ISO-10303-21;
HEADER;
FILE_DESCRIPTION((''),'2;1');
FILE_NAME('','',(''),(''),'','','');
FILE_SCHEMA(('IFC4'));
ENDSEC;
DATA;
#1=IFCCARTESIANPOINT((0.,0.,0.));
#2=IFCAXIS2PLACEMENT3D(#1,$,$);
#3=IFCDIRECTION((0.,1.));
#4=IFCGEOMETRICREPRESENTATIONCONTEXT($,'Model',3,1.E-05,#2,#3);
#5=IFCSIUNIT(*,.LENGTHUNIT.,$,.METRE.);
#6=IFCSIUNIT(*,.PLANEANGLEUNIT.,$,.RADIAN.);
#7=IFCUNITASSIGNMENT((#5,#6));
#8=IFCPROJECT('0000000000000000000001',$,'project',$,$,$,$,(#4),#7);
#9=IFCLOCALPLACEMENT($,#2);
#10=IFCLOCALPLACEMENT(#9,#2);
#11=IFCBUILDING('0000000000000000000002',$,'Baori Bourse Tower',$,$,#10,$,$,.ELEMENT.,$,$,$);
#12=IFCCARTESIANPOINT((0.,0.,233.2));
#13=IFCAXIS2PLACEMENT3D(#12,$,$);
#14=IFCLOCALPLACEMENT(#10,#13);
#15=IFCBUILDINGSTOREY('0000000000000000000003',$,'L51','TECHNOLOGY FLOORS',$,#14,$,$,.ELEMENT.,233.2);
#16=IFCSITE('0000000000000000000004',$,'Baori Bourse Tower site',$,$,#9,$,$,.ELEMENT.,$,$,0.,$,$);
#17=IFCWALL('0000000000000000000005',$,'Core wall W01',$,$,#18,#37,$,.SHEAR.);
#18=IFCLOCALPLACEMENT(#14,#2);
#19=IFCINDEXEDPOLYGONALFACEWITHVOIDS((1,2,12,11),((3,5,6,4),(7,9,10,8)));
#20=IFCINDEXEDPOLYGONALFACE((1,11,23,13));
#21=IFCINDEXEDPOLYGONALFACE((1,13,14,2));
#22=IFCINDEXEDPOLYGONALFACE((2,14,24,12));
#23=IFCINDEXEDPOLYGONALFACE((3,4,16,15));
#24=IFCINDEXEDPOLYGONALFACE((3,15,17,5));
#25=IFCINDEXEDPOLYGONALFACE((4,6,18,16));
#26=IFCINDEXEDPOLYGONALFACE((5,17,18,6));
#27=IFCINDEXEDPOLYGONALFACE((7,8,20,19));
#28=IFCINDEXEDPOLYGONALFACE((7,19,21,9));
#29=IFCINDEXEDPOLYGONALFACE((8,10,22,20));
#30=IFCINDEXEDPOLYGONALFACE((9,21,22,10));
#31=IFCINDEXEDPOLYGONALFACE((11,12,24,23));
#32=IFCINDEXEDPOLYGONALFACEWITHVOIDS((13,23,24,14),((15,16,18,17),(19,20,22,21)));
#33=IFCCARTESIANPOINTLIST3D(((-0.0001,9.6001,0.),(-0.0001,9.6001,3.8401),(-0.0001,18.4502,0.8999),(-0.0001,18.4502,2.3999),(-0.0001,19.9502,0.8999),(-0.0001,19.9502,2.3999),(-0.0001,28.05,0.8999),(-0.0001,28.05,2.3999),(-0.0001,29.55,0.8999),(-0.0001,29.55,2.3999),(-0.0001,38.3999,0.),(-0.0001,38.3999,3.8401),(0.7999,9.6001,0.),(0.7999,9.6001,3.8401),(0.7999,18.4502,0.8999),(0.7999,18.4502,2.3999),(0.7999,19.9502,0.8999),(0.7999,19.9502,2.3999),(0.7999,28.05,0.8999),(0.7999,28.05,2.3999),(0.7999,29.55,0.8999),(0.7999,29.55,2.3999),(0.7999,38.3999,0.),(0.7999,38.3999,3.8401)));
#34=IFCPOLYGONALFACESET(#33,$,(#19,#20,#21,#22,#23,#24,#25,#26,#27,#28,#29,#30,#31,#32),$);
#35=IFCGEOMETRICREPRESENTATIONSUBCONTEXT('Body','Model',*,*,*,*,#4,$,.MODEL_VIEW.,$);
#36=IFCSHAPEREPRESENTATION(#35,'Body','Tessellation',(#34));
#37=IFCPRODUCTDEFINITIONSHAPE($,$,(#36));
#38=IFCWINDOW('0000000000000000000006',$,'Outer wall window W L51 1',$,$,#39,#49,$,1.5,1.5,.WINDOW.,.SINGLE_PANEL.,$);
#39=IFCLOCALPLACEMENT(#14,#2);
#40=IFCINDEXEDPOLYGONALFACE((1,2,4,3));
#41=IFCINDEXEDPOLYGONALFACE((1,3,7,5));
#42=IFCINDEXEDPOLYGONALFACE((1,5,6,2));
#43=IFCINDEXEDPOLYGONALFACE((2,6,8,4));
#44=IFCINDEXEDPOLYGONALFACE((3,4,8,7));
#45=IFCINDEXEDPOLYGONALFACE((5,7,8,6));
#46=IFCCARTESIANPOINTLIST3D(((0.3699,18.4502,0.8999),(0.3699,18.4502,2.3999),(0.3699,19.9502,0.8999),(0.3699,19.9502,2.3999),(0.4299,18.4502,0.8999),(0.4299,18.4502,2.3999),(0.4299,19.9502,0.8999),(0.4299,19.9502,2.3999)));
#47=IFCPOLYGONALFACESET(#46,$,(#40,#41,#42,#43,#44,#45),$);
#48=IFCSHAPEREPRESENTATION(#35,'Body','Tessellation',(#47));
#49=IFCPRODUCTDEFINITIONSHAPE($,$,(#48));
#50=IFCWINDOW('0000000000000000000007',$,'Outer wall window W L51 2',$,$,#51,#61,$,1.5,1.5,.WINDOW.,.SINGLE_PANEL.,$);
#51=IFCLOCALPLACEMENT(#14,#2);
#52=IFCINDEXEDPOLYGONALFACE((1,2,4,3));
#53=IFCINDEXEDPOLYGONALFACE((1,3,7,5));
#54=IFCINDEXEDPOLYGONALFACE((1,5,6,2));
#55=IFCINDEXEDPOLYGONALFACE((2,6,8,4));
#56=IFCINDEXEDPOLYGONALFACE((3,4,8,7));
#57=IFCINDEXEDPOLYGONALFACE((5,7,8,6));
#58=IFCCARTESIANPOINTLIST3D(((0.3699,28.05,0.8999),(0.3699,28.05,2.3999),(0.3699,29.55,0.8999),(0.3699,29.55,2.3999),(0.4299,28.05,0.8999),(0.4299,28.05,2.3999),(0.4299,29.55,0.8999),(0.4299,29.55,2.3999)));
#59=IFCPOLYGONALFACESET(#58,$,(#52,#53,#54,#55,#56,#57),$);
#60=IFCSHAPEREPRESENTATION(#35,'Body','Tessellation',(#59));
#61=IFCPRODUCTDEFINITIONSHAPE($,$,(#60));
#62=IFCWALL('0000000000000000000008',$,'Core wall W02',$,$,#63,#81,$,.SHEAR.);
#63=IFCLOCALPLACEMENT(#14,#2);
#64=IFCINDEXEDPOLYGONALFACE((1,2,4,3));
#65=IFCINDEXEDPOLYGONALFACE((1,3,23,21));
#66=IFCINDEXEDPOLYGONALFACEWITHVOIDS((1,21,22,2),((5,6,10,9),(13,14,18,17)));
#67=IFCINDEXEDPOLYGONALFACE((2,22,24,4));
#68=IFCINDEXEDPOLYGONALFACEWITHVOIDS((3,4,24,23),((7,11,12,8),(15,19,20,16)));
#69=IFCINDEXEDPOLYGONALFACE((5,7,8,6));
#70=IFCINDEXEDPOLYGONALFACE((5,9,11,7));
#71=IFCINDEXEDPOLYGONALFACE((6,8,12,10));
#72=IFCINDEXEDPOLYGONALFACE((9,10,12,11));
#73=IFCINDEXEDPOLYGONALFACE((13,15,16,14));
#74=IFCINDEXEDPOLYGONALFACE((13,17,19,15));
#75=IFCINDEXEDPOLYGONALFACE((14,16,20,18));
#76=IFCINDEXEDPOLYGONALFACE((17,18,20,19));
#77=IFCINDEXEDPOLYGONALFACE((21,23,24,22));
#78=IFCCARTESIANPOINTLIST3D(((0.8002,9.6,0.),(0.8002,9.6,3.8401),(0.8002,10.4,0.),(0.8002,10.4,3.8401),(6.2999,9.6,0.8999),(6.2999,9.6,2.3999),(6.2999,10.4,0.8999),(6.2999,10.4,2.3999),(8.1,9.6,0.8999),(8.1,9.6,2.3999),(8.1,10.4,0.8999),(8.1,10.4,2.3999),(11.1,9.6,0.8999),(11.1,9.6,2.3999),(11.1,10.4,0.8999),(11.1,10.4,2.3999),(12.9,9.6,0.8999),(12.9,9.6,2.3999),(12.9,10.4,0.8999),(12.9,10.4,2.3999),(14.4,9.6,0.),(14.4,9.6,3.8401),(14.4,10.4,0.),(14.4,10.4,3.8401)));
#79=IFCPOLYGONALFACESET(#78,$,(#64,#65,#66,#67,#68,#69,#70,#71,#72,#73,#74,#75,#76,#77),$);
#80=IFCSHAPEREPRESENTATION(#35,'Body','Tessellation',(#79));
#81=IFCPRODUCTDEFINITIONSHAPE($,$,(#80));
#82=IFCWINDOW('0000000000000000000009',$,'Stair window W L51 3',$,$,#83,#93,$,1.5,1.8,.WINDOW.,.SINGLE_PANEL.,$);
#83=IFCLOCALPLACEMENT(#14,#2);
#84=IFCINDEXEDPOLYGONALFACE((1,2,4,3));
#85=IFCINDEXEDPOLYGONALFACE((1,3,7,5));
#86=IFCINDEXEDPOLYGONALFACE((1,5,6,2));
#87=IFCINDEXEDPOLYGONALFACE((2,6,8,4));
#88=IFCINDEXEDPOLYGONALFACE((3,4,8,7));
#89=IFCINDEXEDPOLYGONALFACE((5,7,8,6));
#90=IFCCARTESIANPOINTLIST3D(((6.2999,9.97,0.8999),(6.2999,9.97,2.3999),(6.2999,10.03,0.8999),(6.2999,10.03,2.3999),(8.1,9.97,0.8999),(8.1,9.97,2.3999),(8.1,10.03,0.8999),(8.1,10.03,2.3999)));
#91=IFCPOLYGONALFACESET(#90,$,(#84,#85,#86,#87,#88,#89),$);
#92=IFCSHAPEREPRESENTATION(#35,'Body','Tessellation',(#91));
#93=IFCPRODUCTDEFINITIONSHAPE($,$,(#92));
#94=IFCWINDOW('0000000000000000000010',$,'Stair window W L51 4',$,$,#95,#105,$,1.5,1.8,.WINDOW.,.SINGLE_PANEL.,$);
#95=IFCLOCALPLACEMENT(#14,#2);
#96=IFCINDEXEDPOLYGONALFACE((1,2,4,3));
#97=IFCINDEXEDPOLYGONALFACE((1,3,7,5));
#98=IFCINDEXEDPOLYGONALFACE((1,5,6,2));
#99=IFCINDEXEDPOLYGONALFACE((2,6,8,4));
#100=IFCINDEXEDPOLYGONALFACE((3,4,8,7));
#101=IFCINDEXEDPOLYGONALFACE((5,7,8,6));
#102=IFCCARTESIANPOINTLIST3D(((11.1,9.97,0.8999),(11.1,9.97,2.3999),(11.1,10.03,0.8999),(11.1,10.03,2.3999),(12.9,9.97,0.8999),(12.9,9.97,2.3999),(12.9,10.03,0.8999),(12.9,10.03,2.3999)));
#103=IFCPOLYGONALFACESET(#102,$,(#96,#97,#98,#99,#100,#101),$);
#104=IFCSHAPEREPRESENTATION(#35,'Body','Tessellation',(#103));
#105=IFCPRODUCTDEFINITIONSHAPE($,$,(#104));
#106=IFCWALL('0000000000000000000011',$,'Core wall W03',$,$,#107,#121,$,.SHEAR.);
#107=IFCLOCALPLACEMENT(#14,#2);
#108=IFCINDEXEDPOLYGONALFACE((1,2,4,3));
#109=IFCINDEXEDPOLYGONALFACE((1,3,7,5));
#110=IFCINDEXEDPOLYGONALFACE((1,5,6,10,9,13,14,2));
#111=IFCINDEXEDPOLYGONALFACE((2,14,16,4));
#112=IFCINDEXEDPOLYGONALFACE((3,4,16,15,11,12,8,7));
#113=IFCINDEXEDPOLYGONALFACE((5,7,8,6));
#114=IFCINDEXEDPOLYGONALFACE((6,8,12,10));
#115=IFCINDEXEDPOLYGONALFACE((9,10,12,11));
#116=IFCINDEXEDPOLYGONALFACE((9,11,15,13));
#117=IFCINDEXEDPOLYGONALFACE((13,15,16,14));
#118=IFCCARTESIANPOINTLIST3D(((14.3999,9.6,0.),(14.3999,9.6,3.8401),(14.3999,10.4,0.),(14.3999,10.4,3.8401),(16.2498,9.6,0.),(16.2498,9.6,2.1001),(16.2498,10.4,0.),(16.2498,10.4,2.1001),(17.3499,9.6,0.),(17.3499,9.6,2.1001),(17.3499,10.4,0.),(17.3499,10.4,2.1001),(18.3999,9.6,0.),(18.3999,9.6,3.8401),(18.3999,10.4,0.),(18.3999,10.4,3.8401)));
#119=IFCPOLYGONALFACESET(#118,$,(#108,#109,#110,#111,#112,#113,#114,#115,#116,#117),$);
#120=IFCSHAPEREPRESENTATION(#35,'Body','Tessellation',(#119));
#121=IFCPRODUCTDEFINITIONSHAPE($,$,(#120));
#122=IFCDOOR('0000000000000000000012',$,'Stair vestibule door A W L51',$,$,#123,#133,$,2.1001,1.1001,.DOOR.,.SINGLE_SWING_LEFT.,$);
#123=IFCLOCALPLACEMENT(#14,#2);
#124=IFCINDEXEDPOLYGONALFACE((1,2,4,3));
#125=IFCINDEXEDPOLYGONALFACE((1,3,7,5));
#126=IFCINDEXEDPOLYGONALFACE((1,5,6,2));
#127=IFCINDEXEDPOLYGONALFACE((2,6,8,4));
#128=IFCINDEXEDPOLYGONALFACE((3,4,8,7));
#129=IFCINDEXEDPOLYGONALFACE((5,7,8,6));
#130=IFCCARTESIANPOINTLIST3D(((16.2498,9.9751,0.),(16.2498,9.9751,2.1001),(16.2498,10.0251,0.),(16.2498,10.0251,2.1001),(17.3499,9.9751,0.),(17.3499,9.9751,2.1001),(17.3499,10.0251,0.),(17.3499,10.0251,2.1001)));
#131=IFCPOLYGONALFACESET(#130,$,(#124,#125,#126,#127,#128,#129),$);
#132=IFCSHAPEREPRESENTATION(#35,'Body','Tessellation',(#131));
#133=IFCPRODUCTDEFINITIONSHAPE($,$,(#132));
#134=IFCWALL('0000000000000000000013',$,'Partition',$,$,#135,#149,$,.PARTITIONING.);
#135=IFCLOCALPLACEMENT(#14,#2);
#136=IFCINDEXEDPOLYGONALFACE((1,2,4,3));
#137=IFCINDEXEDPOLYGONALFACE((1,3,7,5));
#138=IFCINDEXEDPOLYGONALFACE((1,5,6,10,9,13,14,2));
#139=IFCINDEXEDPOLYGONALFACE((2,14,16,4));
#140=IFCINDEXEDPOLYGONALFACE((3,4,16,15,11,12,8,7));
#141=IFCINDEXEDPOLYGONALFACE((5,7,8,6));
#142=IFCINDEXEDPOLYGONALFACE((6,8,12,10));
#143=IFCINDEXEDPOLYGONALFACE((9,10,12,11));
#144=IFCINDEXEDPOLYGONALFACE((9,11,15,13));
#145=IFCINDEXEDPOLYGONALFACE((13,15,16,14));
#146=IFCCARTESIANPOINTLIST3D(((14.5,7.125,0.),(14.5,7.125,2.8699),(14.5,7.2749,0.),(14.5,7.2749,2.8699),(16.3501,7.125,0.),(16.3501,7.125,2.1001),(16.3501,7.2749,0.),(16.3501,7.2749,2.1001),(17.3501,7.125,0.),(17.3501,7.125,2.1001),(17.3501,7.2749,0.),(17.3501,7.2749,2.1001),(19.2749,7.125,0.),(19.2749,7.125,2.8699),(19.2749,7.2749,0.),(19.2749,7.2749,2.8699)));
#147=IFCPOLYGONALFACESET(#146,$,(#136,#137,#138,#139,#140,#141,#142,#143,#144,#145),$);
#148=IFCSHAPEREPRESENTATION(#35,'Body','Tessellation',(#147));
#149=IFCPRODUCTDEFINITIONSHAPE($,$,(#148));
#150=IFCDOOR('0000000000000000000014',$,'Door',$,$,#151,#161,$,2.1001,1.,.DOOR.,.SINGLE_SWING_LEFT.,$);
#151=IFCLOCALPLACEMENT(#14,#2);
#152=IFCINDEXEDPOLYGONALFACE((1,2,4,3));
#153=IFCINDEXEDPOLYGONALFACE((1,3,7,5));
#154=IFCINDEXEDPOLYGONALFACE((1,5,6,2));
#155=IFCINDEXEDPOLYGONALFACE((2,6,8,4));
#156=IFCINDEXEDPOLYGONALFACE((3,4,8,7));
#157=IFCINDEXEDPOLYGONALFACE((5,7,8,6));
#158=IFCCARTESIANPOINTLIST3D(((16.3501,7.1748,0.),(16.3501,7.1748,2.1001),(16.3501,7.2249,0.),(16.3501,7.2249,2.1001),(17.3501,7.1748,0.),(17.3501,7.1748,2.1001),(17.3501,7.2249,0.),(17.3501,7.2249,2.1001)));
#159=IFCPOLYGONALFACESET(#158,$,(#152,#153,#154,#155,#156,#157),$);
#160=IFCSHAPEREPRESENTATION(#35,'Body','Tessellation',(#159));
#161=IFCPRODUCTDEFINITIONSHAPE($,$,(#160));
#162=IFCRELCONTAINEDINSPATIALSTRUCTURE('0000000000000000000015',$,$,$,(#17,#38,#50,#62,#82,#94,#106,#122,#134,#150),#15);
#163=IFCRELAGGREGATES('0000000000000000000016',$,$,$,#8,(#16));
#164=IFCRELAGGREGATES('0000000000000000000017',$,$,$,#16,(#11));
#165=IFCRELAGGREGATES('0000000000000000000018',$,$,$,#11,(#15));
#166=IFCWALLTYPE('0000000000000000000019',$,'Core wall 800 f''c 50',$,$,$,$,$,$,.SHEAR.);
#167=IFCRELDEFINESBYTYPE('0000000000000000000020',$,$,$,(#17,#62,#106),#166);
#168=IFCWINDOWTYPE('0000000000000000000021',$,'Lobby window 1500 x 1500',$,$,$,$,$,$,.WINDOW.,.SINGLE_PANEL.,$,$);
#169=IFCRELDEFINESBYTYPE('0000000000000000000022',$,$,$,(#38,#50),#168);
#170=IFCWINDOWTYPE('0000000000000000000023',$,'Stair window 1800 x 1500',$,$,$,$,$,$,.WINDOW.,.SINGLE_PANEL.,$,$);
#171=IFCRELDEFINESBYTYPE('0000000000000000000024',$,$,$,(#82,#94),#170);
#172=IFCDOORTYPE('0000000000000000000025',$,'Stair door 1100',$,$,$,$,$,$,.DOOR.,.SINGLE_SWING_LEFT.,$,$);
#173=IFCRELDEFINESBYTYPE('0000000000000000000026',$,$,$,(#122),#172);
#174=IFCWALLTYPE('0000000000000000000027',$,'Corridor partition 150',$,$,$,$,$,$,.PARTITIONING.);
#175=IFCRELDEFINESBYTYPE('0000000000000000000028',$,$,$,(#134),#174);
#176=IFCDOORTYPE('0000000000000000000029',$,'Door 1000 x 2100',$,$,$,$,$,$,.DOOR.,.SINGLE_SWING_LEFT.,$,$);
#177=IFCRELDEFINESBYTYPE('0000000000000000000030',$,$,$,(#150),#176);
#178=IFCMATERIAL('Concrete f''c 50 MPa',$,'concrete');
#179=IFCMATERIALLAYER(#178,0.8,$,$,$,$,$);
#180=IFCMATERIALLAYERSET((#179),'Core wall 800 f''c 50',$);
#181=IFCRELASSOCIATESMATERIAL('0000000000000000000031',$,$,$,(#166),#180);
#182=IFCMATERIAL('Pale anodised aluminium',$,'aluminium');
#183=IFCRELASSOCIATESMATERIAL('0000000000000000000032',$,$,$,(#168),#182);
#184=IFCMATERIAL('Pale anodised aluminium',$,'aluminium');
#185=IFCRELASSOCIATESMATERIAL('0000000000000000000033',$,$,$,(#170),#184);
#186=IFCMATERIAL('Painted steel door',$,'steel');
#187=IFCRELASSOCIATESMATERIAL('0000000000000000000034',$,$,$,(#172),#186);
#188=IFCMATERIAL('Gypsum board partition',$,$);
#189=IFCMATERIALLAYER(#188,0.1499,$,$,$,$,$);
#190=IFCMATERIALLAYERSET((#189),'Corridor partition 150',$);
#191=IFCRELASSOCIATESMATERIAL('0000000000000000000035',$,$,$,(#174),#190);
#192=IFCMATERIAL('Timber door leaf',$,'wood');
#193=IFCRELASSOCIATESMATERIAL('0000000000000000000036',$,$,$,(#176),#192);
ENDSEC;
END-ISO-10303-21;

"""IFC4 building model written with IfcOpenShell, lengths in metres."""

from ifc_helpers import new_model, si_unit, direction, frame, frame_2d, origin, place, context, subcontext, project, spatial, rectangle, extrude, material, layer, layer_set, type_object, element, fill, save


model = new_model("IFC4")

# Units and contexts
model_context = context("Model", 3, precision=1e-05, world=origin(), true_north=direction((0.0, 1.0)))
body_context = subcontext(model_context, "Body", "Model", "MODEL_VIEW")
ifc_project = project(units=[si_unit("LENGTHUNIT", "METRE"), si_unit("PLANEANGLEUNIT", "RADIAN")], contexts=[model_context])

# Site, building, storey
site_placement = place(None, origin())
site = spatial("IfcSite", under=ifc_project, at=site_placement, Name="Baori Bourse Tower site", CompositionType="ELEMENT", RefElevation=0.0)
building_placement = place(site_placement, origin())
building = spatial("IfcBuilding", under=site, at=building_placement, Name="Baori Bourse Tower", CompositionType="ELEMENT")
storey_placement = place(building_placement, frame((0.0, 0.0, 233.2)))
storey = spatial("IfcBuildingStorey", under=building, at=storey_placement, Name="L51", Description="TECHNOLOGY FLOORS", CompositionType="ELEMENT", Elevation=233.2)

# Walls, openings, windows
ifc_material_1 = material(Name="Concrete f'c 50 MPa", Category="concrete")
ifc_layer_1 = layer(ifc_material_1, 0.8)
ifc_layer_set_1 = layer_set([ifc_layer_1], Name="Core wall 800 f'c 50")
wall_type_1 = type_object("IfcWallType", Name="Core wall 800 f'c 50", PredefinedType="SHEAR", material=ifc_layer_set_1)
wall_1_placement = place(storey_placement, frame((0.3999, 9.6001, 0.0), z_axis=(0.0, 0.0, 1.0), x_axis=(0.0, 1.0, 0.0)))
wall_1 = element("IfcWall", 1, at=wall_1_placement, inside=storey, type_object=wall_type_1, Name="Core wall W01", PredefinedType="SHEAR", context=body_context, shape_type="SweptSolid", body=[
    extrude(rectangle(XDim=28.7998, YDim=0.8, at=frame_2d((14.3999, 0.0))), origin(), (0.0, 0.0, 1.0), 3.8401),
])
opening_1_placement = place(wall_1_placement, frame((8.8501, 0.0, 0.8999)))
opening_1 = element("IfcOpeningElement", 2, at=opening_1_placement, cuts=wall_1, PredefinedType="OPENING", context=body_context, shape_type="SweptSolid", body=[
    extrude(rectangle(XDim=1.5, YDim=1.5, at=frame_2d((0.75, 0.75))), frame((0.0, 0.4099, 0.0), z_axis=(0.0, -1.0, 0.0), x_axis=(1.0, 0.0, 0.0)), (0.0, 0.0, 1.0), 0.8201),
])
opening_2_placement = place(wall_1_placement, frame((18.45, 0.0, 0.8999)))
opening_2 = element("IfcOpeningElement", 3, at=opening_2_placement, cuts=wall_1, PredefinedType="OPENING", context=body_context, shape_type="SweptSolid", body=[
    extrude(rectangle(XDim=1.5, YDim=1.5, at=frame_2d((0.75, 0.75))), frame((0.0, 0.4099, 0.0), z_axis=(0.0, -1.0, 0.0), x_axis=(1.0, 0.0, 0.0)), (0.0, 0.0, 1.0), 0.8201),
])
ifc_material_2 = material(Name="Pale anodised aluminium", Category="aluminium")
window_type_1 = type_object("IfcWindowType", Name="Lobby window 1500 x 1500", PartitioningType="SINGLE_PANEL", PredefinedType="WINDOW", material=ifc_material_2)
window_1_placement = place(opening_1_placement, origin())
window_1 = element("IfcWindow", 4, at=window_1_placement, inside=storey, type_object=window_type_1, Name="Outer wall window W L51 1", OverallHeight=1.5, OverallWidth=1.5, PartitioningType="SINGLE_PANEL", PredefinedType="WINDOW", context=body_context, shape_type="SweptSolid", body=[
    extrude(rectangle(XDim=1.5, YDim=1.5, at=frame_2d((0.75, 0.75))), frame((0.0, 0.03, 0.0), z_axis=(0.0, -1.0, 0.0), x_axis=(1.0, 0.0, 0.0)), (0.0, 0.0, 1.0), 0.0601),
])
fill(opening_1, window_1)
window_2_placement = place(opening_2_placement, origin())
window_2 = element("IfcWindow", 5, at=window_2_placement, inside=storey, type_object=window_type_1, Name="Outer wall window W L51 2", OverallHeight=1.5, OverallWidth=1.5, PartitioningType="SINGLE_PANEL", PredefinedType="WINDOW", context=body_context, shape_type="SweptSolid", body=[
    extrude(rectangle(XDim=1.5, YDim=1.5, at=frame_2d((0.75, 0.75))), frame((0.0, 0.03, 0.0), z_axis=(0.0, -1.0, 0.0), x_axis=(1.0, 0.0, 0.0)), (0.0, 0.0, 1.0), 0.0601),
])
fill(opening_2, window_2)
wall_2_placement = place(storey_placement, frame((14.3999, 10.0, 0.0), z_axis=(0.0, 0.0, 1.0), x_axis=(-1.0, 0.0, 0.0)))
wall_2 = element("IfcWall", 6, at=wall_2_placement, inside=storey, type_object=wall_type_1, Name="Core wall W02", PredefinedType="SHEAR", context=body_context, shape_type="SweptSolid", body=[
    extrude(rectangle(XDim=13.5999, YDim=0.8, at=frame_2d((6.7998, 0.0))), origin(), (0.0, 0.0, 1.0), 3.8401),
])
opening_3_placement = place(wall_2_placement, frame((6.3, 0.0, 0.8999)))
opening_3 = element("IfcOpeningElement", 7, at=opening_3_placement, cuts=wall_2, PredefinedType="OPENING", context=body_context, shape_type="SweptSolid", body=[
    extrude(rectangle(XDim=1.8, YDim=1.5, at=frame_2d((0.8999, 0.75))), frame((0.0, 0.4099, 0.0), z_axis=(0.0, -1.0, 0.0), x_axis=(1.0, 0.0, 0.0)), (0.0, 0.0, 1.0), 0.8201),
])
opening_4_placement = place(wall_2_placement, frame((1.5, 0.0, 0.8999)))
opening_4 = element("IfcOpeningElement", 8, at=opening_4_placement, cuts=wall_2, PredefinedType="OPENING", context=body_context, shape_type="SweptSolid", body=[
    extrude(rectangle(XDim=1.8, YDim=1.5, at=frame_2d((0.8999, 0.75))), frame((0.0, 0.4099, 0.0), z_axis=(0.0, -1.0, 0.0), x_axis=(1.0, 0.0, 0.0)), (0.0, 0.0, 1.0), 0.8201),
])
ifc_material_3 = material(Name="Pale anodised aluminium", Category="aluminium")
window_type_2 = type_object("IfcWindowType", Name="Stair window 1800 x 1500", PartitioningType="SINGLE_PANEL", PredefinedType="WINDOW", material=ifc_material_3)
window_3_placement = place(opening_3_placement, origin())
window_3 = element("IfcWindow", 9, at=window_3_placement, inside=storey, type_object=window_type_2, Name="Stair window W L51 3", OverallHeight=1.5, OverallWidth=1.8, PartitioningType="SINGLE_PANEL", PredefinedType="WINDOW", context=body_context, shape_type="SweptSolid", body=[
    extrude(rectangle(XDim=1.8, YDim=1.5, at=frame_2d((0.8999, 0.75))), frame((0.0, 0.03, 0.0), z_axis=(0.0, -1.0, 0.0), x_axis=(1.0, 0.0, 0.0)), (0.0, 0.0, 1.0), 0.0601),
])
fill(opening_3, window_3)
window_4_placement = place(opening_4_placement, origin())
window_4 = element("IfcWindow", 10, at=window_4_placement, inside=storey, type_object=window_type_2, Name="Stair window W L51 4", OverallHeight=1.5, OverallWidth=1.8, PartitioningType="SINGLE_PANEL", PredefinedType="WINDOW", context=body_context, shape_type="SweptSolid", body=[
    extrude(rectangle(XDim=1.8, YDim=1.5, at=frame_2d((0.8999, 0.75))), frame((0.0, 0.03, 0.0), z_axis=(0.0, -1.0, 0.0), x_axis=(1.0, 0.0, 0.0)), (0.0, 0.0, 1.0), 0.0601),
])
fill(opening_4, window_4)

# Walls, openings, doors
wall_3_placement = place(storey_placement, frame((18.3999, 10.0, 0.0), z_axis=(0.0, 0.0, 1.0), x_axis=(-1.0, 0.0, 0.0)))
wall_3 = element("IfcWall", 11, at=wall_3_placement, inside=storey, type_object=wall_type_1, Name="Core wall W03", PredefinedType="SHEAR", context=body_context, shape_type="SweptSolid", body=[
    extrude(rectangle(XDim=4.0, YDim=0.8, at=frame_2d((2.0, 0.0))), origin(), (0.0, 0.0, 1.0), 3.8401),
])
opening_5_placement = place(wall_3_placement, frame((1.05, 0.0, 0.0)))
opening_5 = element("IfcOpeningElement", 12, at=opening_5_placement, cuts=wall_3, PredefinedType="OPENING", context=body_context, shape_type="SweptSolid", body=[
    extrude(rectangle(XDim=1.1001, YDim=2.1001, at=frame_2d((0.55, 1.05))), frame((0.0, 0.4099, 0.0), z_axis=(0.0, -1.0, 0.0), x_axis=(1.0, 0.0, 0.0)), (0.0, 0.0, 1.0), 0.8201),
])
ifc_material_4 = material(Name="Painted steel door", Category="steel")
door_type_1 = type_object("IfcDoorType", Name="Stair door 1100", OperationType="SINGLE_SWING_LEFT", PredefinedType="DOOR", material=ifc_material_4)
door_1_placement = place(opening_5_placement, origin())
door_1 = element("IfcDoor", 13, at=door_1_placement, inside=storey, type_object=door_type_1, Name="Stair vestibule door A W L51", OperationType="SINGLE_SWING_LEFT", OverallHeight=2.1001, OverallWidth=1.1001, PredefinedType="DOOR", context=body_context, shape_type="SweptSolid", body=[
    extrude(rectangle(XDim=1.1001, YDim=2.1001, at=frame_2d((0.55, 1.05))), frame((0.0, 0.0249, 0.0), z_axis=(0.0, -1.0, 0.0), x_axis=(1.0, 0.0, 0.0)), (0.0, 0.0, 1.0), 0.05),
])
fill(opening_5, door_1)
ifc_material_5 = material(Name="Gypsum board partition")
ifc_layer_2 = layer(ifc_material_5, 0.1499)
ifc_layer_set_2 = layer_set([ifc_layer_2], Name="Corridor partition 150")
wall_type_2 = type_object("IfcWallType", Name="Corridor partition 150", PredefinedType="PARTITIONING", material=ifc_layer_set_2)
wall_4_placement = place(storey_placement, frame((14.5, 7.2, 0.0), z_axis=(0.0, 0.0, 1.0), x_axis=(1.0, 0.0, 0.0)))
wall_4 = element("IfcWall", 14, at=wall_4_placement, inside=storey, type_object=wall_type_2, Name="Partition", PredefinedType="PARTITIONING", context=body_context, shape_type="SweptSolid", body=[
    extrude(rectangle(XDim=4.7749, YDim=0.1499, at=frame_2d((2.3875, 0.0))), origin(), (0.0, 0.0, 1.0), 2.8699),
])
opening_6_placement = place(wall_4_placement, frame((1.8501, 0.0, 0.0)))
opening_6 = element("IfcOpeningElement", 15, at=opening_6_placement, cuts=wall_4, PredefinedType="OPENING", context=body_context, shape_type="SweptSolid", body=[
    extrude(rectangle(XDim=1.0, YDim=2.1001, at=frame_2d((0.5, 1.05))), frame((0.0, 0.085, 0.0), z_axis=(0.0, -1.0, 0.0), x_axis=(1.0, 0.0, 0.0)), (0.0, 0.0, 1.0), 0.1699),
])
ifc_material_6 = material(Name="Timber door leaf", Category="wood")
door_type_2 = type_object("IfcDoorType", Name="Door 1000 x 2100", OperationType="SINGLE_SWING_LEFT", PredefinedType="DOOR", material=ifc_material_6)
door_2_placement = place(opening_6_placement, origin())
door_2 = element("IfcDoor", 16, at=door_2_placement, inside=storey, type_object=door_type_2, Name="Door", OperationType="SINGLE_SWING_LEFT", OverallHeight=2.1001, OverallWidth=1.0, PredefinedType="DOOR", context=body_context, shape_type="SweptSolid", body=[
    extrude(rectangle(XDim=1.0, YDim=2.1001, at=frame_2d((0.5, 1.05))), frame((0.0, 0.0249, 0.0), z_axis=(0.0, -1.0, 0.0), x_axis=(1.0, 0.0, 0.0)), (0.0, 0.0, 1.0), 0.05),
])
fill(opening_6, door_2)

save(model, "model.ifc")
